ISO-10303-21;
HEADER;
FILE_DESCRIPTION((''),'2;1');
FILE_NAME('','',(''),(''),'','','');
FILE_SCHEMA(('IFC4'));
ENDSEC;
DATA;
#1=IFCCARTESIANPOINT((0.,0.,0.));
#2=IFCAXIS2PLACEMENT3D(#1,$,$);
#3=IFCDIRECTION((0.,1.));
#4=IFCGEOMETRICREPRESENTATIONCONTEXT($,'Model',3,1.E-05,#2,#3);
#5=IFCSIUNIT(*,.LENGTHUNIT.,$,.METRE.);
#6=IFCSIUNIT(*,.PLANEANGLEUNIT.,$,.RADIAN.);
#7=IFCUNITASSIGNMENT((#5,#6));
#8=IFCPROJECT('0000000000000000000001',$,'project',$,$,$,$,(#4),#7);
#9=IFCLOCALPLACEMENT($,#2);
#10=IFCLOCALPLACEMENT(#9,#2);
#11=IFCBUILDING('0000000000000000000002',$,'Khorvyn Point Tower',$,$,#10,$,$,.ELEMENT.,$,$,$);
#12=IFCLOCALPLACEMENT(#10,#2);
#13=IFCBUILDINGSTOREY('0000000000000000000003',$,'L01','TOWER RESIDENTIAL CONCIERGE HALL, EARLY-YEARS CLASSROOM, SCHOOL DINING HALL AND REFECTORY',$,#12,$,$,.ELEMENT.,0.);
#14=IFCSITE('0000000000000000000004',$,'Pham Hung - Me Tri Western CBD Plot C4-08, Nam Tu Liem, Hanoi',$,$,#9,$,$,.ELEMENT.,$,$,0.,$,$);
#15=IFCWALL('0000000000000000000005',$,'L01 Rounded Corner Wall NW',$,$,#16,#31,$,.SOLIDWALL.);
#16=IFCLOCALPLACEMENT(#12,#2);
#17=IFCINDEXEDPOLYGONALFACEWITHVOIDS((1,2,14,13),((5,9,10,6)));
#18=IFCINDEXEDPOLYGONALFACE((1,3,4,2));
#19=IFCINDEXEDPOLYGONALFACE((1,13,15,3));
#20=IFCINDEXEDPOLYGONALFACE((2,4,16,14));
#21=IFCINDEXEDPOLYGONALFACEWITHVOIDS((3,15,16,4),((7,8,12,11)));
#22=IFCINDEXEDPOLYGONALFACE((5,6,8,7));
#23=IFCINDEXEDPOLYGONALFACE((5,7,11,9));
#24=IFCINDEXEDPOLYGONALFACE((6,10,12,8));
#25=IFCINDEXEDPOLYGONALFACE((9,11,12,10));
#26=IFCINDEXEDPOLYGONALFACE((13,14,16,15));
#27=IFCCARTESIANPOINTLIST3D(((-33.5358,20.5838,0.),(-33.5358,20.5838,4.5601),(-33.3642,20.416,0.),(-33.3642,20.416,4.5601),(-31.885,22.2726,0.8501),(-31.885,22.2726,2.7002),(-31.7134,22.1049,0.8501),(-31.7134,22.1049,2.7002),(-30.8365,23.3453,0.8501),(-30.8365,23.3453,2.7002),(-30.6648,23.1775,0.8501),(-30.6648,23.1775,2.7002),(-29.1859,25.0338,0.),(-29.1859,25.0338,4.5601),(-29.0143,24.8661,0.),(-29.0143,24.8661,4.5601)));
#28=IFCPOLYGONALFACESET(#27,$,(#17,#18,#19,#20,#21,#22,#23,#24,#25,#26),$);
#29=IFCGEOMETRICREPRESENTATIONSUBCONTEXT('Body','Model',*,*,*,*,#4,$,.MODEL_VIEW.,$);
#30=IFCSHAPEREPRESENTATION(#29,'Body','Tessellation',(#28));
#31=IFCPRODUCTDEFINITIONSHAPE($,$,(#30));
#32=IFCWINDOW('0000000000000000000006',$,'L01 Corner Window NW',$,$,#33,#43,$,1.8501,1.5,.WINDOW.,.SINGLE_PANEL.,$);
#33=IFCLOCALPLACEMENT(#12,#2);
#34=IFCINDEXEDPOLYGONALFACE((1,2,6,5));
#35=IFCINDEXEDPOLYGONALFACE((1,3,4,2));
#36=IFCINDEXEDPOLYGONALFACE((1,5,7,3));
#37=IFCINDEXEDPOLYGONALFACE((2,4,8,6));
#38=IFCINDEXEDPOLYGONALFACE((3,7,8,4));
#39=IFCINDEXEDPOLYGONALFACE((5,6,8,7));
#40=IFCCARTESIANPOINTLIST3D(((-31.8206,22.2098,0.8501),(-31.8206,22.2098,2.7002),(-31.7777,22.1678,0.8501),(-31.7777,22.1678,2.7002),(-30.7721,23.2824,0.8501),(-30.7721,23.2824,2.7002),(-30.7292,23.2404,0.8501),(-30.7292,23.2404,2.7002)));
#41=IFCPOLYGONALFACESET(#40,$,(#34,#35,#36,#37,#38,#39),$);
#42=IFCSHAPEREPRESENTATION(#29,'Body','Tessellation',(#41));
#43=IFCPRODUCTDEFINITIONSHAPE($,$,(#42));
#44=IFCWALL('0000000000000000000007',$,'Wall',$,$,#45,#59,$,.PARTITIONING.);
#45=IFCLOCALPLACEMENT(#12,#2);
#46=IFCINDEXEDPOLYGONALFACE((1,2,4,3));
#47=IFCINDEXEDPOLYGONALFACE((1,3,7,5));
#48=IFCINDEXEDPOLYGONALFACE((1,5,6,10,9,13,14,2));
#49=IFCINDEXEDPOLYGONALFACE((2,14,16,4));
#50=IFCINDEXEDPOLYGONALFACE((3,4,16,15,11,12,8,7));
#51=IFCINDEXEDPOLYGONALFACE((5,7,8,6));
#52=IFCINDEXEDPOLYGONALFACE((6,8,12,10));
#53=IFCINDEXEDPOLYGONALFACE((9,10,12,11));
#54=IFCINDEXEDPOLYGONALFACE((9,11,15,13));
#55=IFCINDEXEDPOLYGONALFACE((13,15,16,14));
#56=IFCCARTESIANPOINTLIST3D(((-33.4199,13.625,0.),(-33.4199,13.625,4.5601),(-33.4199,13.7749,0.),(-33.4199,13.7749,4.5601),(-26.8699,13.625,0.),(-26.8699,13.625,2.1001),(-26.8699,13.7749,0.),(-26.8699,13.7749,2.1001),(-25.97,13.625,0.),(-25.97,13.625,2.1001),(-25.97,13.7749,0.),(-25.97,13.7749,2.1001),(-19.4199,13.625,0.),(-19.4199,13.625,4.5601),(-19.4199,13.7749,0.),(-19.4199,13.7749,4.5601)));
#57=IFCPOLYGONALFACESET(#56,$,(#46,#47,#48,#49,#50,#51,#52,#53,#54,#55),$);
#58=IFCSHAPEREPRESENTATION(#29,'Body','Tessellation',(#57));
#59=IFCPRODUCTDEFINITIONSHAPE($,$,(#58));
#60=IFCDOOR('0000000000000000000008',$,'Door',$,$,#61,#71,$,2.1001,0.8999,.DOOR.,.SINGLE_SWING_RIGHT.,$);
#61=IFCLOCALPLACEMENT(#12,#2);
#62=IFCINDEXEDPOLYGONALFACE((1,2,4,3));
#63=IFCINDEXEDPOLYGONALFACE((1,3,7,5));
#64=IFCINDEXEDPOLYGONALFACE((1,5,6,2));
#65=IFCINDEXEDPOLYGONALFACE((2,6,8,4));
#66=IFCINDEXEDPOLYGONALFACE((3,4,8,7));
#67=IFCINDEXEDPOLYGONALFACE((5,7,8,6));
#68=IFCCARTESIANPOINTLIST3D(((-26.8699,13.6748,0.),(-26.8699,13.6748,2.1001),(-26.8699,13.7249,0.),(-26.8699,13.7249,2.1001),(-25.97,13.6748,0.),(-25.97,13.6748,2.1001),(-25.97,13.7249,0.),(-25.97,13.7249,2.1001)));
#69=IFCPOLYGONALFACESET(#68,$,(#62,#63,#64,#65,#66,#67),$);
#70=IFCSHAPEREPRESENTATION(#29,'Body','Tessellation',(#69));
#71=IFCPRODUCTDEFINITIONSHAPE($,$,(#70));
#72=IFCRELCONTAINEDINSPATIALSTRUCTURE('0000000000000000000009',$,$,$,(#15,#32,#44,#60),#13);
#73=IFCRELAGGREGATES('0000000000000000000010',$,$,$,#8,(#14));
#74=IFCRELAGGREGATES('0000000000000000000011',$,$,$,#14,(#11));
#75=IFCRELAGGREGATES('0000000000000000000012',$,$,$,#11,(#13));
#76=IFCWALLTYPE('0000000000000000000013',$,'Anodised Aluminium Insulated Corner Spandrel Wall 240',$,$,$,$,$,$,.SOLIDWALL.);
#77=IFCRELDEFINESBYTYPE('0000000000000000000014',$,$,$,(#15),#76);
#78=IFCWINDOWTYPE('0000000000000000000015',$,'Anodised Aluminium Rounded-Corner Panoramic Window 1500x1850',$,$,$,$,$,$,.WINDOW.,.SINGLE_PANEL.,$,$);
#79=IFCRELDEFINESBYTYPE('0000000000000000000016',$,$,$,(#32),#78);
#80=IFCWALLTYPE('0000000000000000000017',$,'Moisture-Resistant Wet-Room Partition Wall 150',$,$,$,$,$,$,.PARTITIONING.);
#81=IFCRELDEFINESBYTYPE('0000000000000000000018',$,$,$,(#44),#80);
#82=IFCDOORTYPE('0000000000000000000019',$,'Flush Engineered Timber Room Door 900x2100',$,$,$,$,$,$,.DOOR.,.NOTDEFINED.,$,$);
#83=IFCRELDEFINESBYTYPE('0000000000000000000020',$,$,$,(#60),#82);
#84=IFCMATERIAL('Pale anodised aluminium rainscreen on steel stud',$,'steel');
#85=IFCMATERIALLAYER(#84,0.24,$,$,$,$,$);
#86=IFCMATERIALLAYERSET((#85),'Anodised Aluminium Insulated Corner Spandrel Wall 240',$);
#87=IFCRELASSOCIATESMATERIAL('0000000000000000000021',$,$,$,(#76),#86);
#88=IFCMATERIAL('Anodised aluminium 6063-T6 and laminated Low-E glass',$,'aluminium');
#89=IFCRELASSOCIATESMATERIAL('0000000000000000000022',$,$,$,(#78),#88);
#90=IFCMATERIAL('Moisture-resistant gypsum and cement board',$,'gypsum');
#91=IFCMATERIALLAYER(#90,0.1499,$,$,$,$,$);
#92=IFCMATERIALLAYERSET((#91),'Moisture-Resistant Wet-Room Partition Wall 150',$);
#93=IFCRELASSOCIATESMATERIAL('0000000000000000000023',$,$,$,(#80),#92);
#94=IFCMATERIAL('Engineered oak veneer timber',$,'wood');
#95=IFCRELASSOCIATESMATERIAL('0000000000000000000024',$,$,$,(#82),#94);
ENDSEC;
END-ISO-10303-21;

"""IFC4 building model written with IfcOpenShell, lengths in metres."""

from ifc_helpers import new_model, si_unit, direction, frame, frame_2d, origin, place, context, subcontext, project, spatial, rectangle, extrude, material, layer, layer_set, type_object, element, fill, save


model = new_model("IFC4")

# Units and contexts
model_context = context("Model", 3, precision=1e-05, world=origin(), true_north=direction((0.0, 1.0)))
body_context = subcontext(model_context, "Body", "Model", "MODEL_VIEW")
ifc_project = project(units=[si_unit("LENGTHUNIT", "METRE"), si_unit("PLANEANGLEUNIT", "RADIAN")], contexts=[model_context])

# Site, building, storey
site_placement = place(None, origin())
site = spatial("IfcSite", under=ifc_project, at=site_placement, Name="Pham Hung - Me Tri Western CBD Plot C4-08, Nam Tu Liem, Hanoi", CompositionType="ELEMENT", RefElevation=0.0)
building_placement = place(site_placement, origin())
building = spatial("IfcBuilding", under=site, at=building_placement, Name="Khorvyn Point Tower", CompositionType="ELEMENT")
storey_placement = place(building_placement, origin())
storey = spatial("IfcBuildingStorey", under=building, at=storey_placement, Name="L01", Description="TOWER RESIDENTIAL CONCIERGE HALL, EARLY-YEARS CLASSROOM, SCHOOL DINING HALL AND REFECTORY", CompositionType="ELEMENT", Elevation=0.0)

# Wall, opening, window
ifc_material_1 = material(Name="Pale anodised aluminium rainscreen on steel stud", Category="steel")
ifc_layer_1 = layer(ifc_material_1, 0.24)
ifc_layer_set_1 = layer_set([ifc_layer_1], Name="Anodised Aluminium Insulated Corner Spandrel Wall 240")
wall_type_1 = type_object("IfcWallType", Name="Anodised Aluminium Insulated Corner Spandrel Wall 240", PredefinedType="SOLIDWALL", material=ifc_layer_set_1)
wall_1_placement = place(storey_placement, frame((-33.45, 20.5, 0.0), z_axis=(0.0, 0.0, 1.0), x_axis=(0.699018, 0.715104, 0.0)))
wall_1 = element("IfcWall", 1, at=wall_1_placement, inside=storey, type_object=wall_type_1, Name="L01 Rounded Corner Wall NW", PredefinedType="SOLIDWALL", context=body_context, shape_type="SweptSolid", body=[
    extrude(rectangle(XDim=6.2229, YDim=0.24, at=frame_2d((3.1113, 0.0))), origin(), (0.0, 0.0, 1.0), 4.5601),
])
opening_1_placement = place(wall_1_placement, frame((2.3616, 0.0, 0.8501)))
opening_1 = element("IfcOpeningElement", 2, at=opening_1_placement, cuts=wall_1, PredefinedType="OPENING", context=body_context, shape_type="SweptSolid", body=[
    extrude(rectangle(XDim=1.5, YDim=1.8501, at=frame_2d((0.75, 0.925))), frame((0.0, 0.1299, 0.0), z_axis=(0.0, -1.0, 0.0), x_axis=(1.0, 0.0, 0.0)), (0.0, 0.0, 1.0), 0.26),
])
ifc_material_2 = material(Name="Anodised aluminium 6063-T6 and laminated Low-E glass", Category="aluminium")
window_type_1 = type_object("IfcWindowType", Name="Anodised Aluminium Rounded-Corner Panoramic Window 1500x1850", PartitioningType="SINGLE_PANEL", PredefinedType="WINDOW", material=ifc_material_2)
window_1_placement = place(opening_1_placement, origin())
window_1 = element("IfcWindow", 3, at=window_1_placement, inside=storey, type_object=window_type_1, Name="L01 Corner Window NW", OverallHeight=1.8501, OverallWidth=1.5, PartitioningType="SINGLE_PANEL", PredefinedType="WINDOW", context=body_context, shape_type="SweptSolid", body=[
    extrude(rectangle(XDim=1.5, YDim=1.8501, at=frame_2d((0.75, 0.925))), frame((0.0, 0.03, 0.0), z_axis=(0.0, -1.0, 0.0), x_axis=(1.0, 0.0, 0.0)), (0.0, 0.0, 1.0), 0.0601),
])
fill(opening_1, window_1)

# Wall, opening, door
ifc_material_3 = material(Name="Moisture-resistant gypsum and cement board", Category="gypsum")
ifc_layer_2 = layer(ifc_material_3, 0.1499)
ifc_layer_set_2 = layer_set([ifc_layer_2], Name="Moisture-Resistant Wet-Room Partition Wall 150")
wall_type_2 = type_object("IfcWallType", Name="Moisture-Resistant Wet-Room Partition Wall 150", PredefinedType="PARTITIONING", material=ifc_layer_set_2)
wall_2_placement = place(storey_placement, frame((-33.4199, 13.7, 0.0), z_axis=(0.0, 0.0, 1.0), x_axis=(1.0, 0.0, 0.0)))
wall_2 = element("IfcWall", 4, at=wall_2_placement, inside=storey, type_object=wall_type_2, Name="Wall", PredefinedType="PARTITIONING", context=body_context, shape_type="SweptSolid", body=[
    extrude(rectangle(XDim=14.0, YDim=0.1499, at=frame_2d((7.0, 0.0))), origin(), (0.0, 0.0, 1.0), 4.5601),
])
opening_2_placement = place(wall_2_placement, frame((6.55, 0.0, 0.0)))
opening_2 = element("IfcOpeningElement", 5, at=opening_2_placement, cuts=wall_2, PredefinedType="OPENING", context=body_context, shape_type="SweptSolid", body=[
    extrude(rectangle(XDim=0.8999, YDim=2.1001, at=frame_2d((0.45, 1.05))), frame((0.0, 0.085, 0.0), z_axis=(0.0, -1.0, 0.0), x_axis=(1.0, 0.0, 0.0)), (0.0, 0.0, 1.0), 0.1699),
])
ifc_material_4 = material(Name="Engineered oak veneer timber", Category="wood")
door_type_1 = type_object("IfcDoorType", Name="Flush Engineered Timber Room Door 900x2100", OperationType="NOTDEFINED", PredefinedType="DOOR", material=ifc_material_4)
door_1_placement = place(opening_2_placement, origin())
door_1 = element("IfcDoor", 6, at=door_1_placement, inside=storey, type_object=door_type_1, Name="Door", OperationType="SINGLE_SWING_RIGHT", OverallHeight=2.1001, OverallWidth=0.8999, PredefinedType="DOOR", context=body_context, shape_type="SweptSolid", body=[
    extrude(rectangle(XDim=0.8999, YDim=2.1001, at=frame_2d((0.45, 1.05))), frame((0.0, 0.0249, 0.0), z_axis=(0.0, -1.0, 0.0), x_axis=(1.0, 0.0, 0.0)), (0.0, 0.0, 1.0), 0.05),
])
fill(opening_2, door_1)

save(model, "model.ifc")
